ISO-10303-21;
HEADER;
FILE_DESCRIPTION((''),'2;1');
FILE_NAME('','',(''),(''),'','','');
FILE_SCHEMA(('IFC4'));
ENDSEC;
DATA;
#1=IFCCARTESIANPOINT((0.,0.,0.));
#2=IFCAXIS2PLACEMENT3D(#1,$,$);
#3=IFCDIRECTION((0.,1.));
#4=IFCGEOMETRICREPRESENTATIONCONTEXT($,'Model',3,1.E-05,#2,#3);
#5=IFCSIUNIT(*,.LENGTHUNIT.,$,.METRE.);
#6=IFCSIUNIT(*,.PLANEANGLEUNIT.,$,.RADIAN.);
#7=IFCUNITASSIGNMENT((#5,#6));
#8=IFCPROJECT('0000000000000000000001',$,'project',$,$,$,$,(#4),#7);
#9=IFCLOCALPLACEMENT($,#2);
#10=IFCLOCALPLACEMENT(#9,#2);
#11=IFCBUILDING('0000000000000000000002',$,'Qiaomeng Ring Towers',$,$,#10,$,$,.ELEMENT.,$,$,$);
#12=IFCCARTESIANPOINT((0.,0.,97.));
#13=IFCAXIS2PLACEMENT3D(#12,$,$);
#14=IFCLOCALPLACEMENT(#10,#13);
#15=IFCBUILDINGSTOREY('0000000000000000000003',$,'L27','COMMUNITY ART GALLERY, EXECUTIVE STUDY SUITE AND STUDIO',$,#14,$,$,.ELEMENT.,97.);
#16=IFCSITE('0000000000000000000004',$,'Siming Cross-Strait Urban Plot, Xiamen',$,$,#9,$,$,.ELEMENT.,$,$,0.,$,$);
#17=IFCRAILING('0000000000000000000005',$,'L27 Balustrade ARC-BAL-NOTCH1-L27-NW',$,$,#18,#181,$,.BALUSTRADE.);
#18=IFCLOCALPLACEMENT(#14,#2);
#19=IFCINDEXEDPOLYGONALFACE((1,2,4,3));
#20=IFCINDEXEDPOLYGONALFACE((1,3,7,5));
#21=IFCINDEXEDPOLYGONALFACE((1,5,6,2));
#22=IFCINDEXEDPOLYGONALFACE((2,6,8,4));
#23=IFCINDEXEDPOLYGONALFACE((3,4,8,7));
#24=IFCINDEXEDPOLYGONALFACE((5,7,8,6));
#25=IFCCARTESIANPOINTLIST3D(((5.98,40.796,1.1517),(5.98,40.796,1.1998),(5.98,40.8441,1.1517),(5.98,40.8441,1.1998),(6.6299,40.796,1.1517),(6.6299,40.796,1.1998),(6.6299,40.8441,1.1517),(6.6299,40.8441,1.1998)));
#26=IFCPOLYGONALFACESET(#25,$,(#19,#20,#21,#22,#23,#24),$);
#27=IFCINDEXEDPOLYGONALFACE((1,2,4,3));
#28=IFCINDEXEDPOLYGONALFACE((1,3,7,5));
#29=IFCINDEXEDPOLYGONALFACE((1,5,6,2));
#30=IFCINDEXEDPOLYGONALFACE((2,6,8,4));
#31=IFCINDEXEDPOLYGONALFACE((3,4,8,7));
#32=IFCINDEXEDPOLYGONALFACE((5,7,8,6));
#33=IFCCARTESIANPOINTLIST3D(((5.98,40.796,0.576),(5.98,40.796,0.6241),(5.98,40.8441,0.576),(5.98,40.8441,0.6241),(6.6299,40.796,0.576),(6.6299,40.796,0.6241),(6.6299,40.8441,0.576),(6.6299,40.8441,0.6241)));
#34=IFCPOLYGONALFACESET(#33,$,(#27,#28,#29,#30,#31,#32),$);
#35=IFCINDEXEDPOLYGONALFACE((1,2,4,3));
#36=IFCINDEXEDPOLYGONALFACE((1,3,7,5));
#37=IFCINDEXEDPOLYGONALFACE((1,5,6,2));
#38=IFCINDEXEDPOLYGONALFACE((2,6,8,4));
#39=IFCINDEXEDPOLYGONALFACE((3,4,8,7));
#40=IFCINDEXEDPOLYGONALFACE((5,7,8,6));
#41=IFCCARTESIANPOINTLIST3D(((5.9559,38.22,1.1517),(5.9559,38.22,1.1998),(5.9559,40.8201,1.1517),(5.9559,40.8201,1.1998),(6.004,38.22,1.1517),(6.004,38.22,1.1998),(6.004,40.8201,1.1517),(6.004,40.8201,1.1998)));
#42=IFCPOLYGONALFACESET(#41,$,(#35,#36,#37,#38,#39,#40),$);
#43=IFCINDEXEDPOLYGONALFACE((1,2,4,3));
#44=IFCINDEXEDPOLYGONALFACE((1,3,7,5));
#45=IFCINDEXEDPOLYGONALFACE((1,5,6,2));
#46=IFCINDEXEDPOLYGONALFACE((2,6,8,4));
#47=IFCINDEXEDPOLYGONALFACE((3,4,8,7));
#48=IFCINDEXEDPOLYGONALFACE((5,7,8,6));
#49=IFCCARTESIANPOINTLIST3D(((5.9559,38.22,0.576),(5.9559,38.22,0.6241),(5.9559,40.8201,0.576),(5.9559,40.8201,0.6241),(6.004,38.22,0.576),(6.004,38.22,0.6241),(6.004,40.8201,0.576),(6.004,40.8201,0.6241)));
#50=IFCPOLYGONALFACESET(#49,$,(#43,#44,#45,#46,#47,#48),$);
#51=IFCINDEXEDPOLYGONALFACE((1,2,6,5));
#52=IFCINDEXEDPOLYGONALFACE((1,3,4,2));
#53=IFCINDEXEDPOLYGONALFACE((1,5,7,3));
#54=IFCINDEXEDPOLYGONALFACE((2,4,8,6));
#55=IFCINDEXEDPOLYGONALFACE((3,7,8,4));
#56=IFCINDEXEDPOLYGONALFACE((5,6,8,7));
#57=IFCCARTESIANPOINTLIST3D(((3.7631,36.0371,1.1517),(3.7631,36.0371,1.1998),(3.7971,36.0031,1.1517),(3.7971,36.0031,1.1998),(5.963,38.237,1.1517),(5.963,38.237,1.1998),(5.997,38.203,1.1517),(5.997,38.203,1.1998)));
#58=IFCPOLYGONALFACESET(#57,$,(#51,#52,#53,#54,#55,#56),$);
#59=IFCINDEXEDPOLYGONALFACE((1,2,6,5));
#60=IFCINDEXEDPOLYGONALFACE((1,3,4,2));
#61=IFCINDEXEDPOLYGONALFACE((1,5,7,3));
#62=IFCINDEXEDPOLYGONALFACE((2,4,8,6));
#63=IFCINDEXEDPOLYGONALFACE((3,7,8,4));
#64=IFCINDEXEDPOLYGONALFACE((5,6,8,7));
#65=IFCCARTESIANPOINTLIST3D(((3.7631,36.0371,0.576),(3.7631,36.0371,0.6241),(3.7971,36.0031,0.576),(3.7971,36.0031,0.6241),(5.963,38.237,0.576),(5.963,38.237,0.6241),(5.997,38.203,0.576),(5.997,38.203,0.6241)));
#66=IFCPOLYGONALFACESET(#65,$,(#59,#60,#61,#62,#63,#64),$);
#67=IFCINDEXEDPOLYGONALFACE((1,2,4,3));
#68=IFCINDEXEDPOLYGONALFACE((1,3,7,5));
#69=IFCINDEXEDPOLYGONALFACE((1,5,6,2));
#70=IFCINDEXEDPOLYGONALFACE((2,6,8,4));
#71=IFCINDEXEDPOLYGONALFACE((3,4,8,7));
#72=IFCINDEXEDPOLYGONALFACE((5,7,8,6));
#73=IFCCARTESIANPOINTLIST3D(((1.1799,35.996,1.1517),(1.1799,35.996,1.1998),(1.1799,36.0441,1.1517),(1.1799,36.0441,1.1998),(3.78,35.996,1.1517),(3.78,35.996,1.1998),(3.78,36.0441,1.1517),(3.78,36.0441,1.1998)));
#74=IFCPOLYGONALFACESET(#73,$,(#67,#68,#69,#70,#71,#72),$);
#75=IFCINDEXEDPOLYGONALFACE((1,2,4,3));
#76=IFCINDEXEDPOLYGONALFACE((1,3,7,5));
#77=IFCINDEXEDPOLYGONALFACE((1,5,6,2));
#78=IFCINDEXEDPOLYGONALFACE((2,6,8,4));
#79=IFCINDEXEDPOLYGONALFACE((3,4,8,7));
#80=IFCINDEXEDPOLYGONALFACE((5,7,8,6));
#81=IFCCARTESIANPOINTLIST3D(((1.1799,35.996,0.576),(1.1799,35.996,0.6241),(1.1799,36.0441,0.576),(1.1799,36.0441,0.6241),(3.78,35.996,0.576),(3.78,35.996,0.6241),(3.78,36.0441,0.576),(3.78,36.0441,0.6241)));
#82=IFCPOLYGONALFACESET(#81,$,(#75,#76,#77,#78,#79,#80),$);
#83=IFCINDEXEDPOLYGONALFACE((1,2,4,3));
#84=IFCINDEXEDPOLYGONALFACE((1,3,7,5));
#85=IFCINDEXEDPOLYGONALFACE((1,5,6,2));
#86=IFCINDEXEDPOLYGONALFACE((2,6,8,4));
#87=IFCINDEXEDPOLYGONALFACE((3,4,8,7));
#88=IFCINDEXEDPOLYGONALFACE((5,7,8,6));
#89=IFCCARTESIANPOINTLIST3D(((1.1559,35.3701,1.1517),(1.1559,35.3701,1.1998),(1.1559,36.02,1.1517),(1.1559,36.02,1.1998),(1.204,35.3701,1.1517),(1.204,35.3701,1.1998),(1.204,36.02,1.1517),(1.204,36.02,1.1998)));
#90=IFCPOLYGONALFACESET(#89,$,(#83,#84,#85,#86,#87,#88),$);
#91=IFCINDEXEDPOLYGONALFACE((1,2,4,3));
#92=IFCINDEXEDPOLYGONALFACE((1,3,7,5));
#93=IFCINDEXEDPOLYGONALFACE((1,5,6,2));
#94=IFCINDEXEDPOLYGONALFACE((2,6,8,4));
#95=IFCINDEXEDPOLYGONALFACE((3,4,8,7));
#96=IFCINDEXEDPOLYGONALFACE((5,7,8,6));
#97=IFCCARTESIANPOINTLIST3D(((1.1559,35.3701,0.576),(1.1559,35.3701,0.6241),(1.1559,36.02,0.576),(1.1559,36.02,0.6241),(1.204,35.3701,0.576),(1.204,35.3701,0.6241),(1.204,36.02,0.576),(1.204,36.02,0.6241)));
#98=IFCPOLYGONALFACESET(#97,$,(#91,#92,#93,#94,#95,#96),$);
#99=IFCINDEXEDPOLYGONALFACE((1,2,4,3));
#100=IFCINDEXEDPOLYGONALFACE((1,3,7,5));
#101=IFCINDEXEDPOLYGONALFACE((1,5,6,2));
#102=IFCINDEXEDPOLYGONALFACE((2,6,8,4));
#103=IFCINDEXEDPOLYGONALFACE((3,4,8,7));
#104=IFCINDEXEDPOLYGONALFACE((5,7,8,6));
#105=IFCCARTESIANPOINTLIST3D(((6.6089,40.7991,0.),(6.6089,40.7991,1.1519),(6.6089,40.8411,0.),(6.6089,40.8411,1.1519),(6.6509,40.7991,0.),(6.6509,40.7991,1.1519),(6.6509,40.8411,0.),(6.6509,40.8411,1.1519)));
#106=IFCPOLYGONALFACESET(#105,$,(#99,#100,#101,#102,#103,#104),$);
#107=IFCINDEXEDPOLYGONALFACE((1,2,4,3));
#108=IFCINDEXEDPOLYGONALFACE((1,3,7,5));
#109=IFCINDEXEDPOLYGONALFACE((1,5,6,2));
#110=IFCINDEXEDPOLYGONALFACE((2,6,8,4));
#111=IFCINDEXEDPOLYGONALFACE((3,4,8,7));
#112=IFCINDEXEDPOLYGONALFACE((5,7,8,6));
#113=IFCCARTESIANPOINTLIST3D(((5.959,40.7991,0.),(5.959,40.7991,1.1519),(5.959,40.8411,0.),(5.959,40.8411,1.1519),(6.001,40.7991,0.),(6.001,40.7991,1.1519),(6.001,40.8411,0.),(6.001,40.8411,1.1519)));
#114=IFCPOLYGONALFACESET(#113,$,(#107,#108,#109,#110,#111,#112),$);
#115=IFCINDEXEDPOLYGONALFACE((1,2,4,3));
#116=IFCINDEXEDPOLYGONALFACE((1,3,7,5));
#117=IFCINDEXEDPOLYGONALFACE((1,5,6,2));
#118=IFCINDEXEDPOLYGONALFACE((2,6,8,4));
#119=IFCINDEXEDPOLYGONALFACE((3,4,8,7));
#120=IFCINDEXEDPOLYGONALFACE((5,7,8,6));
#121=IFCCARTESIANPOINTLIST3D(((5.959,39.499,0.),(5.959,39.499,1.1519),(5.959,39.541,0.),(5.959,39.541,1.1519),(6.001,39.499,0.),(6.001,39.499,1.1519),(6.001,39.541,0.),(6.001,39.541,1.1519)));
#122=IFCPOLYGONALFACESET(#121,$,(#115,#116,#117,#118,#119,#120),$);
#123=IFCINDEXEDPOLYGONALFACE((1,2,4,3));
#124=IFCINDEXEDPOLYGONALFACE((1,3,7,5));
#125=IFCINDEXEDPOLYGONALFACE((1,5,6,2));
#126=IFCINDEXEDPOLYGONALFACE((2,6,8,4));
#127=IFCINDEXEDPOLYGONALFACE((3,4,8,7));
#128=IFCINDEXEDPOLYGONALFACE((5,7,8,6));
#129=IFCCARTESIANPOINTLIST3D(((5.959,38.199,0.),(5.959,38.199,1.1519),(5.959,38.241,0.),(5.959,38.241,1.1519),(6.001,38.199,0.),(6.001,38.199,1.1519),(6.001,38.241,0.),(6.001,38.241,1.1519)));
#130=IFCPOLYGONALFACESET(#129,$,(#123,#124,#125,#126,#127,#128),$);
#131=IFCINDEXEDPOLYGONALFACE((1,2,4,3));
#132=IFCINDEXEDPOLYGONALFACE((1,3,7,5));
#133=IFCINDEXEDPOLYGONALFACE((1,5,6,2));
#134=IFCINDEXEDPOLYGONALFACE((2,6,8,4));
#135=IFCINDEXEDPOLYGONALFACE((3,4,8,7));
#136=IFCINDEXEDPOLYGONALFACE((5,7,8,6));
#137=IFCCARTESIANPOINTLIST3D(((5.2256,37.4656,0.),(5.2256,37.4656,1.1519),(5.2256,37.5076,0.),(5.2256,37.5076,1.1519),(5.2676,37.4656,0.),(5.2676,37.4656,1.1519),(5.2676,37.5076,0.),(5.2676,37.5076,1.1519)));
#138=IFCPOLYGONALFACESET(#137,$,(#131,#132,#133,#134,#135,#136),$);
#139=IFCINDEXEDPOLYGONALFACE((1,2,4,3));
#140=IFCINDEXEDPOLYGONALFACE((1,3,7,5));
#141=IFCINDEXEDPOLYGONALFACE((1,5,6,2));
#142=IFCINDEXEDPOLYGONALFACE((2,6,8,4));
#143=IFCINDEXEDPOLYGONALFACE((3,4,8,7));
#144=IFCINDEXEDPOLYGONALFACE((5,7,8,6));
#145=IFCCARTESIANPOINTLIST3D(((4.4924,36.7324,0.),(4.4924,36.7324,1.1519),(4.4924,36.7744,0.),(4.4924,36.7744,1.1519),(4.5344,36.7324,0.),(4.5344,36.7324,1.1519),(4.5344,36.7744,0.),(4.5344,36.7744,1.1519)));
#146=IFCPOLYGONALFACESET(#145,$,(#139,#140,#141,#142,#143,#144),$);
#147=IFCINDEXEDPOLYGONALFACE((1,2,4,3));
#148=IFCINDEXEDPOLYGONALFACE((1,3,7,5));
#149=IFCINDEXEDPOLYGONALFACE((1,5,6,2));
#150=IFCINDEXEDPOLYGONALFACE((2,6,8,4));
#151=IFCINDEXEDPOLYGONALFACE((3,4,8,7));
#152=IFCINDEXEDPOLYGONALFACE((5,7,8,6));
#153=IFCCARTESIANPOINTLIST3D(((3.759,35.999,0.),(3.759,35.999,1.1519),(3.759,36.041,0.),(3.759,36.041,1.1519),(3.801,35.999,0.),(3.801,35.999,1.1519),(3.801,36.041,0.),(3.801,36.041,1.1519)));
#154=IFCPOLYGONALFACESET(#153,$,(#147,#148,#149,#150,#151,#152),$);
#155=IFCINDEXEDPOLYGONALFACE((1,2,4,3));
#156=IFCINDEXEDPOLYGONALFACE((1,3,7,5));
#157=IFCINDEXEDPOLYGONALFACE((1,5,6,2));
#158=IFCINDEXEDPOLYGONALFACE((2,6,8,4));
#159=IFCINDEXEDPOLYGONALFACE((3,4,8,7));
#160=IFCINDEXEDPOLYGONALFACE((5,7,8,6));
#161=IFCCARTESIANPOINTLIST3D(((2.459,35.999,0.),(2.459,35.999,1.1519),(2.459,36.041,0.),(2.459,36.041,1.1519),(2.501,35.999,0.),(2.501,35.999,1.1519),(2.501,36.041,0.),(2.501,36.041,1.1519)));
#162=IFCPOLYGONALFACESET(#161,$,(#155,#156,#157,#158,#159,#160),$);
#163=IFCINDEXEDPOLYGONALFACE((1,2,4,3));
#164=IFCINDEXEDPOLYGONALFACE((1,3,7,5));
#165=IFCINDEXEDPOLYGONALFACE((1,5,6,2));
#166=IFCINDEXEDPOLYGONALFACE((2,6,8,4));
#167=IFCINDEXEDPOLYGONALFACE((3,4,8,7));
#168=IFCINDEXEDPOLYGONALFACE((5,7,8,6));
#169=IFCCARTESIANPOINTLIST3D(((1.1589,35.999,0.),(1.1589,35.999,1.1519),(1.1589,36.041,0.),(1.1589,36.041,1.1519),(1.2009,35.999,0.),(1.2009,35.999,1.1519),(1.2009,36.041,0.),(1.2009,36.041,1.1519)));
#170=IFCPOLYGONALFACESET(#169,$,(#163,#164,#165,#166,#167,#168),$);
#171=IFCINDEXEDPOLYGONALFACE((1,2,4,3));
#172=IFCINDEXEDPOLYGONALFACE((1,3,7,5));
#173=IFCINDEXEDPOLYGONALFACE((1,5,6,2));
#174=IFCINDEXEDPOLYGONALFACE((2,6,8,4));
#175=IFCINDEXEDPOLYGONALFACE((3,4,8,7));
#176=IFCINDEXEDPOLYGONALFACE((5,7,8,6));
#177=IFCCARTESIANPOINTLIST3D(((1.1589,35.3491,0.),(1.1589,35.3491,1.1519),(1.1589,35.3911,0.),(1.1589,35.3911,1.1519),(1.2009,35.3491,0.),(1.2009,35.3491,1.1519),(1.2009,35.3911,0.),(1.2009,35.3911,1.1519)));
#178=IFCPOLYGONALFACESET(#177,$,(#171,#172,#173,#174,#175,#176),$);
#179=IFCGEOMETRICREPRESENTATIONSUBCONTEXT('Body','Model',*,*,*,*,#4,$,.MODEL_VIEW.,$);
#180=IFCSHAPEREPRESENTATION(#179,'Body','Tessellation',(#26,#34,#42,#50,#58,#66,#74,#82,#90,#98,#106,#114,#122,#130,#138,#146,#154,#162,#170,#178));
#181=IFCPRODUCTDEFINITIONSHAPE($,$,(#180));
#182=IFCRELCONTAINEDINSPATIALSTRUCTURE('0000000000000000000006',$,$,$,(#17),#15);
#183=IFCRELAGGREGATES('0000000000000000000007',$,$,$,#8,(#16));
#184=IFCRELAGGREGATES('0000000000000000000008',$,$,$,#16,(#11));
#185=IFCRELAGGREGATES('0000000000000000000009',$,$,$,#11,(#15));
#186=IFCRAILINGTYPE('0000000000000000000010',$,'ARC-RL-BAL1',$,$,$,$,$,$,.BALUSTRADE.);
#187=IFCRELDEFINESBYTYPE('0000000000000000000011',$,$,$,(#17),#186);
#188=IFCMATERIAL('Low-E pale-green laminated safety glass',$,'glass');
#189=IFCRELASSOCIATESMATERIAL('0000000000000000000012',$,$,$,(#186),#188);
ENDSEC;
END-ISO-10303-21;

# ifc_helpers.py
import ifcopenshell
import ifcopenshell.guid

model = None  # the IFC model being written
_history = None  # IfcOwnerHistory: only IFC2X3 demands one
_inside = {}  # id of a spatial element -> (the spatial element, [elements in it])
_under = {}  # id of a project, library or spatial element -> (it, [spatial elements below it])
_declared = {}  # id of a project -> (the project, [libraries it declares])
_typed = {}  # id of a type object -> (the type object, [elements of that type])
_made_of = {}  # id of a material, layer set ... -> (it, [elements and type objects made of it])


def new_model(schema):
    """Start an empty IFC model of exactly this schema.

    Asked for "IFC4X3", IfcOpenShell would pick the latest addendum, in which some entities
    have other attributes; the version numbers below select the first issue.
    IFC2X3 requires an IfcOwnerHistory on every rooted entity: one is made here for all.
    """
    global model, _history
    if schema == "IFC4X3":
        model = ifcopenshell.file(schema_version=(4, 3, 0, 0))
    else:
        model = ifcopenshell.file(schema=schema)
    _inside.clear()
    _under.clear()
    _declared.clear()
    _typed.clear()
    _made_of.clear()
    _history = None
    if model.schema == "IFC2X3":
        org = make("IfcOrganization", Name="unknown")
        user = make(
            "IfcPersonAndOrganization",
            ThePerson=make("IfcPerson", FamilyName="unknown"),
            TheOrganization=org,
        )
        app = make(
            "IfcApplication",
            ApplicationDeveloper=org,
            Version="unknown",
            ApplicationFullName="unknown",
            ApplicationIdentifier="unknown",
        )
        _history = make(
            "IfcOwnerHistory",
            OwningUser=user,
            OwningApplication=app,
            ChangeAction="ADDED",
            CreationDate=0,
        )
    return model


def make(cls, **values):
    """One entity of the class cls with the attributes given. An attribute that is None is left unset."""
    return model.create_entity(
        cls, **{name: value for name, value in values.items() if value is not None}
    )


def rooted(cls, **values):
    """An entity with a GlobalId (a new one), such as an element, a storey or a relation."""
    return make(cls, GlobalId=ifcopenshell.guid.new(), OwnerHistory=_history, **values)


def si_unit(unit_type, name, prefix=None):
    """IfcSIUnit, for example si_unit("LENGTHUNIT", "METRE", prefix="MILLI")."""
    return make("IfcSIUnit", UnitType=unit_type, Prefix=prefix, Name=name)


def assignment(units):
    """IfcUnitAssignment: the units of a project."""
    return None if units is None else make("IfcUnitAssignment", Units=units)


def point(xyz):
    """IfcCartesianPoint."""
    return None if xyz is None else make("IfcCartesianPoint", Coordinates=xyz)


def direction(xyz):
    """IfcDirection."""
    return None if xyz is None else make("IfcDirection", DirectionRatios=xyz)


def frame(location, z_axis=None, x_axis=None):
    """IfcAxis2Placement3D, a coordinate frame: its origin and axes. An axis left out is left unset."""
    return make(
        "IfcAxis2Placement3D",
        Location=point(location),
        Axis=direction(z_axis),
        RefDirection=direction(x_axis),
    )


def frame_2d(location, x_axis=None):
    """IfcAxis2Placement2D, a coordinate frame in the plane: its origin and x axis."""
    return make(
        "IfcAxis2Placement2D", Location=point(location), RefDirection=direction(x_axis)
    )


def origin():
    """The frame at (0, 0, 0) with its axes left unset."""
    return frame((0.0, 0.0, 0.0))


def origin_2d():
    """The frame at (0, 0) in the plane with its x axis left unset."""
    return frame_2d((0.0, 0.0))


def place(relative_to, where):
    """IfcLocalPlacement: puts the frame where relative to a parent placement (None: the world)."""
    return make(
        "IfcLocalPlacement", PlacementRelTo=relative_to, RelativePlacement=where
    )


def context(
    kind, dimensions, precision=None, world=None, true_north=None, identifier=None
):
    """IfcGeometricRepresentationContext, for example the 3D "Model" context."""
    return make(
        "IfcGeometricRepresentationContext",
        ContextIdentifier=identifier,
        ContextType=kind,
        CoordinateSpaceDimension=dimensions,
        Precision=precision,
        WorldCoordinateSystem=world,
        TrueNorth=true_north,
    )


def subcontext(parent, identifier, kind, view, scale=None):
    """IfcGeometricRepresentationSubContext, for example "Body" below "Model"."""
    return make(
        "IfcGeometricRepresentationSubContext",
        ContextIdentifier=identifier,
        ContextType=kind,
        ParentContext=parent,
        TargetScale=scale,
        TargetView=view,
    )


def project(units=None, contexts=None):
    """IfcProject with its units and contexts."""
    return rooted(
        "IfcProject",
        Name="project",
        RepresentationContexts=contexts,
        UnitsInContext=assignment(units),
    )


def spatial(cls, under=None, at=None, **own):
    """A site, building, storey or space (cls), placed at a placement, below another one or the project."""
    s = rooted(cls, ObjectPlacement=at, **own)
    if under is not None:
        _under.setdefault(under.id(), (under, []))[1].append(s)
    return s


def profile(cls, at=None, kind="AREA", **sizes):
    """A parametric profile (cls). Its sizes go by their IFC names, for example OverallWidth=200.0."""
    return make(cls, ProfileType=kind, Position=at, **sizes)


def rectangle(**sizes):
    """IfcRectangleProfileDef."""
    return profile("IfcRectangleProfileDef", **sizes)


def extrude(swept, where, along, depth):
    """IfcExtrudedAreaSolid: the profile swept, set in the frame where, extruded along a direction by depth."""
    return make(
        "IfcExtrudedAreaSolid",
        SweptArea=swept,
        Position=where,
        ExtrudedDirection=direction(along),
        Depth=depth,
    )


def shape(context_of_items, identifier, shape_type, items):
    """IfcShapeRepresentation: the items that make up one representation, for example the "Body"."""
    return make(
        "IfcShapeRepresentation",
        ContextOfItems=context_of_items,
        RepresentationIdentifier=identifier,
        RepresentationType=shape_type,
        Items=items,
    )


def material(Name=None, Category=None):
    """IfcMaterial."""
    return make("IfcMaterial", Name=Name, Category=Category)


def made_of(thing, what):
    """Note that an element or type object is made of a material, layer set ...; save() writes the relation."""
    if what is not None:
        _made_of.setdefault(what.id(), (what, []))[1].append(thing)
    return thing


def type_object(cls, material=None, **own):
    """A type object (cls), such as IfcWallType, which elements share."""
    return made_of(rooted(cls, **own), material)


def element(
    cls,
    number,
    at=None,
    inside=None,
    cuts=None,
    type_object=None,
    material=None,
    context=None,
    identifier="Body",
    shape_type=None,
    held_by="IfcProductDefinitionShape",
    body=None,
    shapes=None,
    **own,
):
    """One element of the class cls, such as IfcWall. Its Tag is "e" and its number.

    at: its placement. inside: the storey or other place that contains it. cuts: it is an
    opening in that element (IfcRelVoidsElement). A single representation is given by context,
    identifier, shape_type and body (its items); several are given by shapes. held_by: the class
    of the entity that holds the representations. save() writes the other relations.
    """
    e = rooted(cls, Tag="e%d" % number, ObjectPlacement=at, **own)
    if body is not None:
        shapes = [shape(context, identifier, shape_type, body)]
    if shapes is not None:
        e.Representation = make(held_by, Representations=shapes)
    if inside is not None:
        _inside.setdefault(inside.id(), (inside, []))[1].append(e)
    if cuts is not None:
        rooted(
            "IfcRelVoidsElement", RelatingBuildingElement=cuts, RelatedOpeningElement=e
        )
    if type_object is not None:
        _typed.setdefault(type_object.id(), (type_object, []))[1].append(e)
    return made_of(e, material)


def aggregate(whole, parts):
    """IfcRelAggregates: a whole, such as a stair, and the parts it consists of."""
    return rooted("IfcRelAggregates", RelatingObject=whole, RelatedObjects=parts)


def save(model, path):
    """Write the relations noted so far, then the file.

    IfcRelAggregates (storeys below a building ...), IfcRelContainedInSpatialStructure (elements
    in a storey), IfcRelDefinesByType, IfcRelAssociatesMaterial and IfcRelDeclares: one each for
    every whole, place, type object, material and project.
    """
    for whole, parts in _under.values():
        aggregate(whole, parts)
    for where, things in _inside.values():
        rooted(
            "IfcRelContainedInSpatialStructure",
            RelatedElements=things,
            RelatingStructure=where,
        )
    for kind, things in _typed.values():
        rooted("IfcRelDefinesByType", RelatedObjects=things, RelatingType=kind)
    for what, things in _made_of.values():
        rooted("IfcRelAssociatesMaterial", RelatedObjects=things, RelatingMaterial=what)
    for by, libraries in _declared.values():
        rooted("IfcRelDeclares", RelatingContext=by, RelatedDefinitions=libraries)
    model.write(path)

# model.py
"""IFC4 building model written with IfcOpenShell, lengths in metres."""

from ifc_helpers import new_model, si_unit, direction, frame, origin, origin_2d, place, context, subcontext, project, spatial, rectangle, extrude, material, type_object, element, save


model = new_model("IFC4")

# Units and contexts
model_context = context("Model", 3, precision=1e-05, world=origin(), true_north=direction((0.0, 1.0)))
body_context = subcontext(model_context, "Body", "Model", "MODEL_VIEW")
ifc_project = project(units=[si_unit("LENGTHUNIT", "METRE"), si_unit("PLANEANGLEUNIT", "RADIAN")], contexts=[model_context])

# Site, building, storey
site_placement = place(None, origin())
site = spatial("IfcSite", under=ifc_project, at=site_placement, Name="Siming Cross-Strait Urban Plot, Xiamen", CompositionType="ELEMENT", RefElevation=0.0)
building_placement = place(site_placement, origin())
building = spatial("IfcBuilding", under=site, at=building_placement, Name="Qiaomeng Ring Towers", CompositionType="ELEMENT")
storey_placement = place(building_placement, frame((0.0, 0.0, 97.0)))
storey = spatial("IfcBuildingStorey", under=building, at=storey_placement, Name="L27", Description="COMMUNITY ART GALLERY, EXECUTIVE STUDY SUITE AND STUDIO", CompositionType="ELEMENT", Elevation=97.0)

# Railing
ifc_material_1 = material(Name="Low-E pale-green laminated safety glass", Category="glass")
railing_type = type_object("IfcRailingType", Name="ARC-RL-BAL1", PredefinedType="BALUSTRADE", material=ifc_material_1)
railing_placement = place(storey_placement, frame((6.6299, 40.8201, 0.0)))
element("IfcRailing", 1, at=railing_placement, inside=storey, type_object=railing_type, Name="L27 Balustrade ARC-BAL-NOTCH1-L27-NW", PredefinedType="BALUSTRADE", context=body_context, shape_type="SweptSolid", body=[
    extrude(rectangle(XDim=0.0481, YDim=0.0481, at=origin_2d()), frame((0.0, 0.0, 1.1758), z_axis=(-1.0, 0.0, 0.0), x_axis=(0.0, -1.0, 0.0)), (0.0, 0.0, 1.0), 0.6499),
    extrude(rectangle(XDim=0.0481, YDim=0.0481, at=origin_2d()), frame((0.0, 0.0, 0.6001), z_axis=(-1.0, 0.0, 0.0), x_axis=(0.0, -1.0, 0.0)), (0.0, 0.0, 1.0), 0.6499),
    extrude(rectangle(XDim=0.0481, YDim=0.0481, at=origin_2d()), frame((-0.6499, 0.0, 1.1758), z_axis=(0.0, -1.0, 0.0), x_axis=(1.0, 0.0, 0.0)), (0.0, 0.0, 1.0), 2.6001),
    extrude(rectangle(XDim=0.0481, YDim=0.0481, at=origin_2d()), frame((-0.6499, 0.0, 0.6001), z_axis=(0.0, -1.0, 0.0), x_axis=(1.0, 0.0, 0.0)), (0.0, 0.0, 1.0), 2.6001),
    extrude(rectangle(XDim=0.0481, YDim=0.0481, at=origin_2d()), frame((-0.6499, -2.6001, 1.1758), z_axis=(-0.707107, -0.707107, 0.0), x_axis=(0.707107, -0.707107, 0.0)), (0.0, 0.0, 1.0), 3.1111),
    extrude(rectangle(XDim=0.0481, YDim=0.0481, at=origin_2d()), frame((-0.6499, -2.6001, 0.6001), z_axis=(-0.707107, -0.707107, 0.0), x_axis=(0.707107, -0.707107, 0.0)), (0.0, 0.0, 1.0), 3.1111),
    extrude(rectangle(XDim=0.0481, YDim=0.0481, at=origin_2d()), frame((-2.8499, -4.8, 1.1758), z_axis=(-1.0, 0.0, 0.0), x_axis=(0.0, -1.0, 0.0)), (0.0, 0.0, 1.0), 2.6001),
    extrude(rectangle(XDim=0.0481, YDim=0.0481, at=origin_2d()), frame((-2.8499, -4.8, 0.6001), z_axis=(-1.0, 0.0, 0.0), x_axis=(0.0, -1.0, 0.0)), (0.0, 0.0, 1.0), 2.6001),
    extrude(rectangle(XDim=0.0481, YDim=0.0481, at=origin_2d()), frame((-5.45, -4.8, 1.1758), z_axis=(0.0, -1.0, 0.0), x_axis=(1.0, 0.0, 0.0)), (0.0, 0.0, 1.0), 0.6499),
    extrude(rectangle(XDim=0.0481, YDim=0.0481, at=origin_2d()), frame((-5.45, -4.8, 0.6001), z_axis=(0.0, -1.0, 0.0), x_axis=(1.0, 0.0, 0.0)), (0.0, 0.0, 1.0), 0.6499),
    extrude(rectangle(XDim=0.042, YDim=0.042, at=origin_2d()), origin(), (0.0, 0.0, 1.0), 1.1519),
    extrude(rectangle(XDim=0.042, YDim=0.042, at=origin_2d()), frame((-0.6499, 0.0, 0.0)), (0.0, 0.0, 1.0), 1.1519),
    extrude(rectangle(XDim=0.042, YDim=0.042, at=origin_2d()), frame((-0.6499, -1.3, 0.0)), (0.0, 0.0, 1.0), 1.1519),
    extrude(rectangle(XDim=0.042, YDim=0.042, at=origin_2d()), frame((-0.6499, -2.6001, 0.0)), (0.0, 0.0, 1.0), 1.1519),
    extrude(rectangle(XDim=0.042, YDim=0.042, at=origin_2d()), frame((-1.3833, -3.3335, 0.0)), (0.0, 0.0, 1.0), 1.1519),
    extrude(rectangle(XDim=0.042, YDim=0.042, at=origin_2d()), frame((-2.1165, -4.0667, 0.0)), (0.0, 0.0, 1.0), 1.1519),
    extrude(rectangle(XDim=0.042, YDim=0.042, at=origin_2d()), frame((-2.8499, -4.8, 0.0)), (0.0, 0.0, 1.0), 1.1519),
    extrude(rectangle(XDim=0.042, YDim=0.042, at=origin_2d()), frame((-4.1499, -4.8, 0.0)), (0.0, 0.0, 1.0), 1.1519),
    extrude(rectangle(XDim=0.042, YDim=0.042, at=origin_2d()), frame((-5.45, -4.8, 0.0)), (0.0, 0.0, 1.0), 1.1519),
    extrude(rectangle(XDim=0.042, YDim=0.042, at=origin_2d()), frame((-5.45, -5.45, 0.0)), (0.0, 0.0, 1.0), 1.1519),
])

save(model, "model.ifc")
